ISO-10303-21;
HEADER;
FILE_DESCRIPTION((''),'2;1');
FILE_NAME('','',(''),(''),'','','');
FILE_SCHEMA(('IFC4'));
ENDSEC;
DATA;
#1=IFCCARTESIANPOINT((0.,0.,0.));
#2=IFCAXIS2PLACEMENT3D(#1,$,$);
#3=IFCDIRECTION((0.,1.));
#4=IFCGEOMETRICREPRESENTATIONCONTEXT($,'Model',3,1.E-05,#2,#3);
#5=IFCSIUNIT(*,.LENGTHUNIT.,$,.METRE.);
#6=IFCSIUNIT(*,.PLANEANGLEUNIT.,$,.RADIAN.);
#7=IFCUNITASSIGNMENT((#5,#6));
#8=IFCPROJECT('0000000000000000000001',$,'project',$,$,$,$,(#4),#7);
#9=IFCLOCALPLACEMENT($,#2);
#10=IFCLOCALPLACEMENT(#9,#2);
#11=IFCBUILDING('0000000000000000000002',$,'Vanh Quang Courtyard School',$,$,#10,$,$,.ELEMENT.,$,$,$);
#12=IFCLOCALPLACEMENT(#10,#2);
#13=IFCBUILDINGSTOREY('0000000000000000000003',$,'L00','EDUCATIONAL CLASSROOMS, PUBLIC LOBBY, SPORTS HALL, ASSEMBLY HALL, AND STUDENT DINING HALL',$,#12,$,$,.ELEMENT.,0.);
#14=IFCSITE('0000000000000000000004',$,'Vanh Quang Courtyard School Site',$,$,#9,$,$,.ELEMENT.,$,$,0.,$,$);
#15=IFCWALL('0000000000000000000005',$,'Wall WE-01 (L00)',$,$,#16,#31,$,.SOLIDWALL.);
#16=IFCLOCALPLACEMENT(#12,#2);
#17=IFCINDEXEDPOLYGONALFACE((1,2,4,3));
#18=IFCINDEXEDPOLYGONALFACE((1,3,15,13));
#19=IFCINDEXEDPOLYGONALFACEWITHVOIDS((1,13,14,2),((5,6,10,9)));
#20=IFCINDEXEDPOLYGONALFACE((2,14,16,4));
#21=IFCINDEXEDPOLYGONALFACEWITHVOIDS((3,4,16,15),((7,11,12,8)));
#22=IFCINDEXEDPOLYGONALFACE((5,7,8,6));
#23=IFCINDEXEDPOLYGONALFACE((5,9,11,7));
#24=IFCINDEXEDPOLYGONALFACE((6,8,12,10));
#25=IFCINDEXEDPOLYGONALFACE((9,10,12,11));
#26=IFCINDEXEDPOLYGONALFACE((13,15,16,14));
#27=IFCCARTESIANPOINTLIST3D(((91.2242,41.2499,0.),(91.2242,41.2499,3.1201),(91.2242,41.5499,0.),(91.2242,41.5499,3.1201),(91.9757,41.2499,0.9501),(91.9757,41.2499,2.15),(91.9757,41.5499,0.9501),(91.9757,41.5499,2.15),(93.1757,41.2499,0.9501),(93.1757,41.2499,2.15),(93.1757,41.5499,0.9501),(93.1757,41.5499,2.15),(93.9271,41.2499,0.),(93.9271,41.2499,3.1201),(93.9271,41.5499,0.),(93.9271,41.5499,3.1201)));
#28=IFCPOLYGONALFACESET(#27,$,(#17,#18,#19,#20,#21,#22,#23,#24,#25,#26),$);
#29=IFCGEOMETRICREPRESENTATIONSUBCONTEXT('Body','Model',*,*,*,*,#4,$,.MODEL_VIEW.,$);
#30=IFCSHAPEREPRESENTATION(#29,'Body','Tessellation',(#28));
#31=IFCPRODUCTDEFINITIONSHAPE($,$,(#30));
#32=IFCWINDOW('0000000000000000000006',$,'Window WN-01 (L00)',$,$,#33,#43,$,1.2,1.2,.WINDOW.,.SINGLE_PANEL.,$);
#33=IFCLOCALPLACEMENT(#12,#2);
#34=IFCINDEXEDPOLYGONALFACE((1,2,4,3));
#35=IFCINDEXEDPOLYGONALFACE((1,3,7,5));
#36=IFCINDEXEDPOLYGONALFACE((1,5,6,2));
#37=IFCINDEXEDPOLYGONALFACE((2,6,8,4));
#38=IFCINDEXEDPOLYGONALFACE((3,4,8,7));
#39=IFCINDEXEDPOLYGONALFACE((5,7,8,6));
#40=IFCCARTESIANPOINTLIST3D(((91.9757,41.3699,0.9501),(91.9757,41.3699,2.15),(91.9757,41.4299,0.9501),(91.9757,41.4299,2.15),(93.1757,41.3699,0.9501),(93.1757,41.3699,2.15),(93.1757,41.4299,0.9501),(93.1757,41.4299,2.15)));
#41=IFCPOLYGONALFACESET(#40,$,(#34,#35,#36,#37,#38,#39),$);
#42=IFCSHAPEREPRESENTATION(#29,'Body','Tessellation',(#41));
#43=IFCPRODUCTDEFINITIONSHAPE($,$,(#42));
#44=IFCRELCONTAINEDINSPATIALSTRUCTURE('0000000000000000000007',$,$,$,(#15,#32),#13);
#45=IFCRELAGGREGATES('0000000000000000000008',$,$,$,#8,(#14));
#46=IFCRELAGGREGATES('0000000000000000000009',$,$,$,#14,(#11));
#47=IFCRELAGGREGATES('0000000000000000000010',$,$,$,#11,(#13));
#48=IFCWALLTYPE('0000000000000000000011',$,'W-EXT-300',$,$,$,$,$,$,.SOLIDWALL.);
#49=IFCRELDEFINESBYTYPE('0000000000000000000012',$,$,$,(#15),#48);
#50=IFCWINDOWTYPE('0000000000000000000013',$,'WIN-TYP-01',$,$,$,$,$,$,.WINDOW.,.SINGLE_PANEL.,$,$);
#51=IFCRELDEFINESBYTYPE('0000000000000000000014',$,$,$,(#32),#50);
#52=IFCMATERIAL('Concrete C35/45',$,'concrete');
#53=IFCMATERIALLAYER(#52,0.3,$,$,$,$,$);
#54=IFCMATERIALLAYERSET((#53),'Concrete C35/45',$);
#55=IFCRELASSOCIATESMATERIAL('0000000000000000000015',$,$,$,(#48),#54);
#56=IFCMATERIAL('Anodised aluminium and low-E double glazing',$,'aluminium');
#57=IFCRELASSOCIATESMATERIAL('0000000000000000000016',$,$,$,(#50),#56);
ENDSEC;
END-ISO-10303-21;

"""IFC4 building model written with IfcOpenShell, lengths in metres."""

from ifc_helpers import new_model, si_unit, direction, frame, frame_2d, origin, place, context, subcontext, project, spatial, rectangle, extrude, material, layer, layer_set, type_object, element, fill, save


model = new_model("IFC4")

# Units and contexts
model_context = context("Model", 3, precision=1e-05, world=origin(), true_north=direction((0.0, 1.0)))
body_context = subcontext(model_context, "Body", "Model", "MODEL_VIEW")
ifc_project = project(units=[si_unit("LENGTHUNIT", "METRE"), si_unit("PLANEANGLEUNIT", "RADIAN")], contexts=[model_context])

# Site, building, storey
site_placement = place(None, origin())
site = spatial("IfcSite", under=ifc_project, at=site_placement, Name="Vanh Quang Courtyard School Site", CompositionType="ELEMENT", RefElevation=0.0)
building_placement = place(site_placement, origin())
building = spatial("IfcBuilding", under=site, at=building_placement, Name="Vanh Quang Courtyard School", CompositionType="ELEMENT")
storey_placement = place(building_placement, origin())
storey = spatial("IfcBuildingStorey", under=building, at=storey_placement, Name="L00", Description="EDUCATIONAL CLASSROOMS, PUBLIC LOBBY, SPORTS HALL, ASSEMBLY HALL, AND STUDENT DINING HALL", CompositionType="ELEMENT", Elevation=0.0)

# Wall, opening, window
ifc_material_1 = material(Name="Concrete C35/45", Category="concrete")
ifc_layer_1 = layer(ifc_material_1, 0.3)
ifc_layer_set_1 = layer_set([ifc_layer_1], Name="Concrete C35/45")
wall_type = type_object("IfcWallType", Name="W-EXT-300", PredefinedType="SOLIDWALL", material=ifc_layer_set_1)
wall_placement = place(storey_placement, frame((91.2241, 41.3999, 0.0), z_axis=(0.0, 0.0, 1.0), x_axis=(1.0, 0.0, 0.0)))
wall = element("IfcWall", 1, at=wall_placement, inside=storey, type_object=wall_type, Name="Wall WE-01 (L00)", PredefinedType="SOLIDWALL", context=body_context, shape_type="SweptSolid", body=[
    extrude(rectangle(XDim=2.7029, YDim=0.3, at=frame_2d((1.3516, 0.0))), origin(), (0.0, 0.0, 1.0), 3.1201),
])
opening_placement = place(wall_placement, frame((0.7515, 0.0, 0.95)))
opening = element("IfcOpeningElement", 2, at=opening_placement, cuts=wall, PredefinedType="OPENING", context=body_context, shape_type="SweptSolid", body=[
    extrude(rectangle(XDim=1.2, YDim=1.2, at=frame_2d((0.6001, 0.6001))), frame((0.0, 0.1602, 0.0), z_axis=(0.0, -1.0, 0.0), x_axis=(1.0, 0.0, 0.0)), (0.0, 0.0, 1.0), 0.3201),
])
ifc_material_2 = material(Name="Anodised aluminium and low-E double glazing", Category="aluminium")
window_type = type_object("IfcWindowType", Name="WIN-TYP-01", PartitioningType="SINGLE_PANEL", PredefinedType="WINDOW", material=ifc_material_2)
window_placement = place(opening_placement, origin())
window = element("IfcWindow", 3, at=window_placement, inside=storey, type_object=window_type, Name="Window WN-01 (L00)", OverallHeight=1.2, OverallWidth=1.2, PartitioningType="SINGLE_PANEL", PredefinedType="WINDOW", context=body_context, shape_type="SweptSolid", body=[
    extrude(rectangle(XDim=1.2, YDim=1.2, at=frame_2d((0.6001, 0.6001))), frame((0.0, 0.03, 0.0), z_axis=(0.0, -1.0, 0.0), x_axis=(1.0, 0.0, 0.0)), (0.0, 0.0, 1.0), 0.0601),
])
fill(opening, window)

save(model, "model.ifc")
